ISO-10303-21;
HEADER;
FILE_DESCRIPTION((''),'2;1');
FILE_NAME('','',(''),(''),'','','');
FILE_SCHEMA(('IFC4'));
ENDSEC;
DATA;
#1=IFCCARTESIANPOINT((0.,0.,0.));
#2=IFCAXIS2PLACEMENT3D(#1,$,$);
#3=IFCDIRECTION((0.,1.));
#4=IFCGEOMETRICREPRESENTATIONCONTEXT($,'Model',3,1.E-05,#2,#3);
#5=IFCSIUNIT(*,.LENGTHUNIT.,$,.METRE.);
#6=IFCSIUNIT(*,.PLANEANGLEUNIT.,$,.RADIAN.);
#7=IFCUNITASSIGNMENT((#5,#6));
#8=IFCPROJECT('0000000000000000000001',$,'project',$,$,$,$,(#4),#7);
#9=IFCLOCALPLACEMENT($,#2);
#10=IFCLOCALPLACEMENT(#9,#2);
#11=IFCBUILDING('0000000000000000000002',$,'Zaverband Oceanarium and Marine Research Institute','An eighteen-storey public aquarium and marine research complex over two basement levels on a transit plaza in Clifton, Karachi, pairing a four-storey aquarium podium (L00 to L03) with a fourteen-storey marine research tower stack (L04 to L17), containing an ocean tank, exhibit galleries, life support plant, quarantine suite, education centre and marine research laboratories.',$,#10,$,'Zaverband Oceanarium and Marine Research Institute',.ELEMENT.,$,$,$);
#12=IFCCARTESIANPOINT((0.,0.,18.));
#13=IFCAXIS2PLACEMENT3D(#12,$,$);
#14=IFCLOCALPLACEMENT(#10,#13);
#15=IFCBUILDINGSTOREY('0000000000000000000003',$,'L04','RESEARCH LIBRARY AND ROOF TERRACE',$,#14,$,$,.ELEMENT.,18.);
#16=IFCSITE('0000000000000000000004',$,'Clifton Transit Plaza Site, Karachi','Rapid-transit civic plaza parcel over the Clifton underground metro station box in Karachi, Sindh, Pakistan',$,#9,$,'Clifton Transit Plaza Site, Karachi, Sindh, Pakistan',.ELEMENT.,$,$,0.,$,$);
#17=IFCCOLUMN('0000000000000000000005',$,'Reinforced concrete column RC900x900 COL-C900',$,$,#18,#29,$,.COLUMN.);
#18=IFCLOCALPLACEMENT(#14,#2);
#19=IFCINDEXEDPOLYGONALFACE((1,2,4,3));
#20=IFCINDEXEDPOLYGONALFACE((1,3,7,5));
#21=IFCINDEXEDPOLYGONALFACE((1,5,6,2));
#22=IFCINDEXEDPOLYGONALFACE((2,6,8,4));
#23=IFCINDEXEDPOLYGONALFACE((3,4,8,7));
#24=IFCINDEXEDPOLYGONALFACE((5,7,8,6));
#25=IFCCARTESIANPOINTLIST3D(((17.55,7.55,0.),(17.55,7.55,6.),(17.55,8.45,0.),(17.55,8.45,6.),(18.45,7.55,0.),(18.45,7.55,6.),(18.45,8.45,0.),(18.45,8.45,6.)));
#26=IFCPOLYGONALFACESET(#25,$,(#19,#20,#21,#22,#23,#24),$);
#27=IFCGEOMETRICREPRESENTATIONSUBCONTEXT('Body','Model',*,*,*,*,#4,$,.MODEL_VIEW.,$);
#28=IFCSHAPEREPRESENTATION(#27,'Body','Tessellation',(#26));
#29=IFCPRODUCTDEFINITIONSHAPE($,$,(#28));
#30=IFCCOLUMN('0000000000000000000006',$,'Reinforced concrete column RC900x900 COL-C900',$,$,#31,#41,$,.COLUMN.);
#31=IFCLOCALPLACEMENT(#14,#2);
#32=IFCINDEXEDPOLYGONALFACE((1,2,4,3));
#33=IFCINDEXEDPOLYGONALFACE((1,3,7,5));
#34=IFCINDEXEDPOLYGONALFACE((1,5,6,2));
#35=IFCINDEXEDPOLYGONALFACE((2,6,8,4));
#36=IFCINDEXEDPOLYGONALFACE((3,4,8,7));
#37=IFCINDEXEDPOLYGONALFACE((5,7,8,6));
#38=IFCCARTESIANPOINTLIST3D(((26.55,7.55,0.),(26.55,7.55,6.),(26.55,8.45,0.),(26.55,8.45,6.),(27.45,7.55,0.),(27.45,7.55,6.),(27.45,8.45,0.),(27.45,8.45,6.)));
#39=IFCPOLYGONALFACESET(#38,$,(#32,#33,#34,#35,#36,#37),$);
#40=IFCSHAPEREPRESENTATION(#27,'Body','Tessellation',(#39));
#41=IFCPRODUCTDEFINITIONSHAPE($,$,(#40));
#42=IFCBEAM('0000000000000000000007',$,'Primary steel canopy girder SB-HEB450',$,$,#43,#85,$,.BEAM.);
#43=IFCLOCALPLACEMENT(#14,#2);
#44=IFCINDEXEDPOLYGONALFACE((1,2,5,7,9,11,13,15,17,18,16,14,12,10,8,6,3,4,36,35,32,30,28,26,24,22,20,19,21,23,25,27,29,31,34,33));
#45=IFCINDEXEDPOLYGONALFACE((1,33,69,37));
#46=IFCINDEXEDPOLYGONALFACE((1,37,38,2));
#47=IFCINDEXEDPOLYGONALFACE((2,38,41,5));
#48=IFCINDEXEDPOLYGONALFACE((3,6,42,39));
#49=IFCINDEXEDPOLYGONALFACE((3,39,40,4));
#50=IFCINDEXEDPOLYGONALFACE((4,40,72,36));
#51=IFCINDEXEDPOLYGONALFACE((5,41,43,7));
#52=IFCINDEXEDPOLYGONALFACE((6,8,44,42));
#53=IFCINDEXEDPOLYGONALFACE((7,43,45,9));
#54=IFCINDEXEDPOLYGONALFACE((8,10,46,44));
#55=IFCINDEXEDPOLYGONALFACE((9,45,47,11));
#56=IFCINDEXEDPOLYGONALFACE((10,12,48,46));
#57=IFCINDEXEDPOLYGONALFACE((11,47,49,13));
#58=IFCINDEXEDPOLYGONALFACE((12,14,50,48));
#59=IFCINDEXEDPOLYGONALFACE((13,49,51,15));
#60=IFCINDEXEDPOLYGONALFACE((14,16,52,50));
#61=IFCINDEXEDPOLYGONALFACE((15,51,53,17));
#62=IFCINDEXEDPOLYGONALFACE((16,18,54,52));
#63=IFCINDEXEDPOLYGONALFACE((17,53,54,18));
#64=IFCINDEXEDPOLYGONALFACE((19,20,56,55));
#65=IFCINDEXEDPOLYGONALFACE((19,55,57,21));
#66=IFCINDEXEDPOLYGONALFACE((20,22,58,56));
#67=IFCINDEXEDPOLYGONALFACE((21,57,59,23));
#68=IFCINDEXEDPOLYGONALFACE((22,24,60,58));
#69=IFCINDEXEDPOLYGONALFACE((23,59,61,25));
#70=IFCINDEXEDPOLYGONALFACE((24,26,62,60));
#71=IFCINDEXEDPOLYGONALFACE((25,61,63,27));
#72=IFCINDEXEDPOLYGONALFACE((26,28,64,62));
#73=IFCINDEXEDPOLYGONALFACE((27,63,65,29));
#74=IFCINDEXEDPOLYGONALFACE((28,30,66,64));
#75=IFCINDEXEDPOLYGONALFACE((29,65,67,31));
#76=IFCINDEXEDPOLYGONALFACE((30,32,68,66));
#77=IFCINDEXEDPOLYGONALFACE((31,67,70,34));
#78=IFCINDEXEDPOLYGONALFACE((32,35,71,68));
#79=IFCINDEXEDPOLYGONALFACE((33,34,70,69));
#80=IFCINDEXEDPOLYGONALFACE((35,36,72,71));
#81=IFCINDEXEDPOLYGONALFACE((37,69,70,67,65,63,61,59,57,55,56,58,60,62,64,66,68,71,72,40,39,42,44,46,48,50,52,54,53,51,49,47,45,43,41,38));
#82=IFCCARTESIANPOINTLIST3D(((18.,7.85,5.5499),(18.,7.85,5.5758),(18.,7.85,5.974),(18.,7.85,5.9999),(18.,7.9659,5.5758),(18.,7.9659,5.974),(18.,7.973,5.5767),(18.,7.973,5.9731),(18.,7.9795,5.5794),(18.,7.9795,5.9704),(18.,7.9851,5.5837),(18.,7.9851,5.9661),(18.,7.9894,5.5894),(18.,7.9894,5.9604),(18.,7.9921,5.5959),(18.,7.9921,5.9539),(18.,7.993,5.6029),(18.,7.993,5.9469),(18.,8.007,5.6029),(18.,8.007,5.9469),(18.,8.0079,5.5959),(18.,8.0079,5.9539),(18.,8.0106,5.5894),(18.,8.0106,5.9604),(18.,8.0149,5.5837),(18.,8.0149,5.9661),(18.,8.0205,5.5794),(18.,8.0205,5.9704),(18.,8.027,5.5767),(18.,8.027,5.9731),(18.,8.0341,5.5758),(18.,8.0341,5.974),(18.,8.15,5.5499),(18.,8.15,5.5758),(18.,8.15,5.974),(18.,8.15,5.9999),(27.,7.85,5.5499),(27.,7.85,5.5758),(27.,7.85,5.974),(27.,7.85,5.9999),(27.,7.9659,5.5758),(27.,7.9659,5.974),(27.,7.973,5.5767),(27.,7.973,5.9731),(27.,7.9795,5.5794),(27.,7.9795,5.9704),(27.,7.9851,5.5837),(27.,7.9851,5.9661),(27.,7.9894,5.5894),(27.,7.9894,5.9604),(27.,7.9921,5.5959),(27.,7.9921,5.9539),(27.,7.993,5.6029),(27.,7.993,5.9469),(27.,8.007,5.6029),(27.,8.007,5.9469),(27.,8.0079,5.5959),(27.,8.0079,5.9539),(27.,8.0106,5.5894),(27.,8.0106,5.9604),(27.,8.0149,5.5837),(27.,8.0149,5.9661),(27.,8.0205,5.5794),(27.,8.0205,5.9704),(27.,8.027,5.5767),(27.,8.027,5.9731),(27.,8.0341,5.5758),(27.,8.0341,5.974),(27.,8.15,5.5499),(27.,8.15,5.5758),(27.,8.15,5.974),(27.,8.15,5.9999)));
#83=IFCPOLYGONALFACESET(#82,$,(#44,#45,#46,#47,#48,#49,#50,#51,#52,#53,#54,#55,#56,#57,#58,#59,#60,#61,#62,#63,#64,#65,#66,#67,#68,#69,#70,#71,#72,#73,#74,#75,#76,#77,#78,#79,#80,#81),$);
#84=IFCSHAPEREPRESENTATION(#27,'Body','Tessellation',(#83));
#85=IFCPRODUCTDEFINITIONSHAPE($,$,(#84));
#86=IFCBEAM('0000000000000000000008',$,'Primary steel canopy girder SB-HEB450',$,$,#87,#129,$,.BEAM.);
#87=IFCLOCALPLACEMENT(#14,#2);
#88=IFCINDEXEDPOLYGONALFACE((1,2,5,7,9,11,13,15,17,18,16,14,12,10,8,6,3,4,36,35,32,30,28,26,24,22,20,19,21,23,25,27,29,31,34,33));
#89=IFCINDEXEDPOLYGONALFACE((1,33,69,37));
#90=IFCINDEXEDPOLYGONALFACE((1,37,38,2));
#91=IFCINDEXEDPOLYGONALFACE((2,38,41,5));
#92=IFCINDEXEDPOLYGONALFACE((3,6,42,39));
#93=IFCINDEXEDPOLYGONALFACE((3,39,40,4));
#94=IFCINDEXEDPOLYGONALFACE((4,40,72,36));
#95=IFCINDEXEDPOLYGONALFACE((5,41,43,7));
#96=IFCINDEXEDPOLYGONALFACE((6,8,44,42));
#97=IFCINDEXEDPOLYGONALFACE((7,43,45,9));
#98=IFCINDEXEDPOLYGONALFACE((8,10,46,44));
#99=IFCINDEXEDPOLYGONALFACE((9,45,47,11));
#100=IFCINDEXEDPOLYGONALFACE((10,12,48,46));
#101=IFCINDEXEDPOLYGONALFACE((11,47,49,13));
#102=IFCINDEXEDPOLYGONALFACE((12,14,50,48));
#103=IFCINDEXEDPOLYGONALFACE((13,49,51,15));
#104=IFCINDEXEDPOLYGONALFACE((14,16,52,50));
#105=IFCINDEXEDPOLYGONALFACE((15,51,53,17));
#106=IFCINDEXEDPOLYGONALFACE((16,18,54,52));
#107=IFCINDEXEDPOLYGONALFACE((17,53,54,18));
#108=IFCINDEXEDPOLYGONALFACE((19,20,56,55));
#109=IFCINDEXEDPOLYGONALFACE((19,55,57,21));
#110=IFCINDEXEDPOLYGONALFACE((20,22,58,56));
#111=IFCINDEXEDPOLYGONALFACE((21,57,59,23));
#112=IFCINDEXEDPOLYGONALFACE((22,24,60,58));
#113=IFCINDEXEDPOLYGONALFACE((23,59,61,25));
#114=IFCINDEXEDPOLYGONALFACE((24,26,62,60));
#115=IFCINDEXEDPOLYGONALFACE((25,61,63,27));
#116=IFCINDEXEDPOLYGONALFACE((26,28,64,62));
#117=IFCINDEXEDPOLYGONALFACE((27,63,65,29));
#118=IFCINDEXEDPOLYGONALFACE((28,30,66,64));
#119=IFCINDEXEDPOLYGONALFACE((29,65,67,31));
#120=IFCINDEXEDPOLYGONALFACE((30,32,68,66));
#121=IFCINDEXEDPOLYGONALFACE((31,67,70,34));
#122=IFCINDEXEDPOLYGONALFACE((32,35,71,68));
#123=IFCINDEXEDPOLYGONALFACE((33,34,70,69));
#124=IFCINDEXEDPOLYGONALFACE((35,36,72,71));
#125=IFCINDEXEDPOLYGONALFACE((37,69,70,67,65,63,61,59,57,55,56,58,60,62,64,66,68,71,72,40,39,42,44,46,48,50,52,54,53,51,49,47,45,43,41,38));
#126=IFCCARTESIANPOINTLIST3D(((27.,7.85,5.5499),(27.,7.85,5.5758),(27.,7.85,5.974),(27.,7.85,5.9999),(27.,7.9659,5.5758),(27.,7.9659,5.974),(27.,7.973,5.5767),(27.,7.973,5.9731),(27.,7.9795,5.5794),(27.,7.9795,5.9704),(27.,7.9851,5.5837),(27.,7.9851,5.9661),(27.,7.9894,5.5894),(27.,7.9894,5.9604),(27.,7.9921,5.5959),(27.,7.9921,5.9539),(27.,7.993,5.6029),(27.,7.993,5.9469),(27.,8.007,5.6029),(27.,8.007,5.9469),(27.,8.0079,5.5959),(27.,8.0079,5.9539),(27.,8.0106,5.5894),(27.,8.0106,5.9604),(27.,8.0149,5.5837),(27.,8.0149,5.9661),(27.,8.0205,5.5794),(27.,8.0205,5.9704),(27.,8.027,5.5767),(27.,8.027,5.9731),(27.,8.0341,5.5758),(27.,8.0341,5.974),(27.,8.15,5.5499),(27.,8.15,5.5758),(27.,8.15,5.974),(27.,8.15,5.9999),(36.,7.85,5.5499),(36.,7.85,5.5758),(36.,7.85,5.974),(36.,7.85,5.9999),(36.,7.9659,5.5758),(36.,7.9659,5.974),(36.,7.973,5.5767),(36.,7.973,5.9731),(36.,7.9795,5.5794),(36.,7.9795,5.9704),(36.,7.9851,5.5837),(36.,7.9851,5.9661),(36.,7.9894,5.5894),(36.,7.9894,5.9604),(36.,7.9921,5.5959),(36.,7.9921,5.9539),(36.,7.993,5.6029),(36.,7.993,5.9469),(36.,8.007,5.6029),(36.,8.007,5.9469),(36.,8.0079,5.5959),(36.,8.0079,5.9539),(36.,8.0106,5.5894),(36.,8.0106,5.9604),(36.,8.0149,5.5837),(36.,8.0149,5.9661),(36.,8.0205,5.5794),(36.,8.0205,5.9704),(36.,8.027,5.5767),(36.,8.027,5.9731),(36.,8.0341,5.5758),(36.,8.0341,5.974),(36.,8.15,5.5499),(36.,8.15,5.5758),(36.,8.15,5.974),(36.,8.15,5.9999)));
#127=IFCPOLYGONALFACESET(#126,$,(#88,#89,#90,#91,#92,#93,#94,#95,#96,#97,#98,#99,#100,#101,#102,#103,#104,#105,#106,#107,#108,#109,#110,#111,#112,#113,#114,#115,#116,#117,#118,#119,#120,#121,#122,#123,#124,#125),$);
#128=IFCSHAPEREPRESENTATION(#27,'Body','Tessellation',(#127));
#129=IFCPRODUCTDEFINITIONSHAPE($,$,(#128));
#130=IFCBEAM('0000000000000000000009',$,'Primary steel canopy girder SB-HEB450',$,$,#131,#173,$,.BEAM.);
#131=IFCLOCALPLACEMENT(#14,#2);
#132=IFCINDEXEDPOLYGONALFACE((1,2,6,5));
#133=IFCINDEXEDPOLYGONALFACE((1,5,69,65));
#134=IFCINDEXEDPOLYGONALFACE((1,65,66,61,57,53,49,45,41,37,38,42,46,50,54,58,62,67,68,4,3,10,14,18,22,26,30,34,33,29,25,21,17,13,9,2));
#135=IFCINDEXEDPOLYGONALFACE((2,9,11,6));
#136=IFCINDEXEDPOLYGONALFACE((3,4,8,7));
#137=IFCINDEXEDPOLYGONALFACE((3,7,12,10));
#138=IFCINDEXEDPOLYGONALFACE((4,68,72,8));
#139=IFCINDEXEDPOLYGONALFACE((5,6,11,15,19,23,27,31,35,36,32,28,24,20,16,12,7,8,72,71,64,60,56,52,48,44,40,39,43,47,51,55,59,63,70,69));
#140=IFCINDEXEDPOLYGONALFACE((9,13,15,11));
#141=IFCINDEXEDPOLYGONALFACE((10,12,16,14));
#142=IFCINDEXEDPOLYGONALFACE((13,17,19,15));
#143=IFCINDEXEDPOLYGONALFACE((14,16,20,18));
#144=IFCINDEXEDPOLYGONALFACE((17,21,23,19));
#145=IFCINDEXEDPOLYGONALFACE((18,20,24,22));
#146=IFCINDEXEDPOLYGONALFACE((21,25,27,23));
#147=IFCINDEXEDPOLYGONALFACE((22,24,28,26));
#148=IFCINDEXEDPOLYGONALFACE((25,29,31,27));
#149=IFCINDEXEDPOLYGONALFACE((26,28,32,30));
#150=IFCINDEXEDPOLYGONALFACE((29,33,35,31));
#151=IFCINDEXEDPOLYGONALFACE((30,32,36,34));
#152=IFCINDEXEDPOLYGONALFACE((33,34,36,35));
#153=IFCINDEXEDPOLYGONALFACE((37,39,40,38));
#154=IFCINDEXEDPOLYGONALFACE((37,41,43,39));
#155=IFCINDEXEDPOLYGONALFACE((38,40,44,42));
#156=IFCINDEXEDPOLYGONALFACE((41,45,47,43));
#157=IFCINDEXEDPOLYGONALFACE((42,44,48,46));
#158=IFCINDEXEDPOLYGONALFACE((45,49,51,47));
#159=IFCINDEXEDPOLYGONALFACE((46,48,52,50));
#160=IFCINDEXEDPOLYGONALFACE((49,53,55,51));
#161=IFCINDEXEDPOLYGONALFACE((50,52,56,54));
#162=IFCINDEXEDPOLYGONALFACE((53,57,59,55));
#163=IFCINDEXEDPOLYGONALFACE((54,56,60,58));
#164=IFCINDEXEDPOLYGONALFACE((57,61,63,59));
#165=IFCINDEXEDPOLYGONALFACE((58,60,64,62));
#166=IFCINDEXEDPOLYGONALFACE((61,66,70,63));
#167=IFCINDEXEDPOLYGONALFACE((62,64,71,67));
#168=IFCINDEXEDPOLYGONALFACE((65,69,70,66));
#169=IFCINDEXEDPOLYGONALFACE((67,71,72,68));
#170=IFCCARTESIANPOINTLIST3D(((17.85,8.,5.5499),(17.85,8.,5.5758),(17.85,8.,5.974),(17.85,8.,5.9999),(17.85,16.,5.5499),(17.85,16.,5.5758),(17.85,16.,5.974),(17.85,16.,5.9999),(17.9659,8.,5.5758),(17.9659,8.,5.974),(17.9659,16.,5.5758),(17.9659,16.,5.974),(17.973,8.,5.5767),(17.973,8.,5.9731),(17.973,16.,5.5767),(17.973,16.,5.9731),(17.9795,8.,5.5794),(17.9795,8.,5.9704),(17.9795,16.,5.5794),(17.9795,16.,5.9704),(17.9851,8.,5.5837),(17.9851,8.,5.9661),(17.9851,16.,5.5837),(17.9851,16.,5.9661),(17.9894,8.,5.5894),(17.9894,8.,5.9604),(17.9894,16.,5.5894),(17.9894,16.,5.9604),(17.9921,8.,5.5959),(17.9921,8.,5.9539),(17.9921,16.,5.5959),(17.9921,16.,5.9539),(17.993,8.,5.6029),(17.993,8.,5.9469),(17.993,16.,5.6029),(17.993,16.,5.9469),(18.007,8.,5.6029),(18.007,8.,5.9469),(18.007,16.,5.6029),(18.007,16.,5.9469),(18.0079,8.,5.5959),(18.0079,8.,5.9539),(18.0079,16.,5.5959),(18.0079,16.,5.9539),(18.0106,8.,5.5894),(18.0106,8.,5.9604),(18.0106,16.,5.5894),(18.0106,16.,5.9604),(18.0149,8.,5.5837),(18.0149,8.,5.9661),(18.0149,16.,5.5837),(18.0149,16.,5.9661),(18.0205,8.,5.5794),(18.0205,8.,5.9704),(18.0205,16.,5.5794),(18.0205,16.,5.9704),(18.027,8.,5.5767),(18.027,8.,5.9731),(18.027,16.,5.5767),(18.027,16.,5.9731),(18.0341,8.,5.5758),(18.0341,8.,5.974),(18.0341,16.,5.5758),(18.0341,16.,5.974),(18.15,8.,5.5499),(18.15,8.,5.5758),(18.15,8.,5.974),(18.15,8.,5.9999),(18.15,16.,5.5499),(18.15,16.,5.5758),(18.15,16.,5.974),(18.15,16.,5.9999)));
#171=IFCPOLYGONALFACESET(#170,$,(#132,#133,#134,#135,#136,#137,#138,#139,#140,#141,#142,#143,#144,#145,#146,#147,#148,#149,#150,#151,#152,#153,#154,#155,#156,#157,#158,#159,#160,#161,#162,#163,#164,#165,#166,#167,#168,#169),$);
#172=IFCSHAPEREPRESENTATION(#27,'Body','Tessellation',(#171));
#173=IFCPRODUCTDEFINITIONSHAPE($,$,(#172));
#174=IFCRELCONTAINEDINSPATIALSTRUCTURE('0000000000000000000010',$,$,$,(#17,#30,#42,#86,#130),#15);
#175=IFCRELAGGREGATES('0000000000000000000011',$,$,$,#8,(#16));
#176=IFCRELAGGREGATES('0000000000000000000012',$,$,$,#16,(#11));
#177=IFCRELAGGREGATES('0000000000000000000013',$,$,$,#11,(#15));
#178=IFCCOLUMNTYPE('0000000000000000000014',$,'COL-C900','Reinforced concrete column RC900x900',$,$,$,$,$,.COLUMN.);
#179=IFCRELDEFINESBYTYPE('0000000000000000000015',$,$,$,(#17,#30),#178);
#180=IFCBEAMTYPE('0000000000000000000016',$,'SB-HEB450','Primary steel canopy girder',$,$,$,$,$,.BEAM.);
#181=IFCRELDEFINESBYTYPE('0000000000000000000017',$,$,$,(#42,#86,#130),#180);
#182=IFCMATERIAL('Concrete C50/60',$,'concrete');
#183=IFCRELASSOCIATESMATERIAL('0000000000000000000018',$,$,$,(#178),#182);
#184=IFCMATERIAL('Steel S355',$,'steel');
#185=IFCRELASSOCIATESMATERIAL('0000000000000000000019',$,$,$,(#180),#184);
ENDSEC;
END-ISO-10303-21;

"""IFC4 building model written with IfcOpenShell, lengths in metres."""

from ifc_helpers import new_model, si_unit, direction, frame, origin, origin_2d, place, context, subcontext, project, spatial, rectangle, i_section, extrude, material, material_profile, profile_set, type_object, element, save


model = new_model("IFC4")

# Units and contexts
model_context = context("Model", 3, precision=1e-05, world=origin(), true_north=direction((0.0, 1.0)))
body_context = subcontext(model_context, "Body", "Model", "MODEL_VIEW")
ifc_project = project(units=[si_unit("LENGTHUNIT", "METRE"), si_unit("PLANEANGLEUNIT", "RADIAN")], contexts=[model_context])

# Site, building, storey
site_placement = place(None, origin())
site = spatial("IfcSite", under=ifc_project, at=site_placement, Name="Clifton Transit Plaza Site, Karachi", Description="Rapid-transit civic plaza parcel over the Clifton underground metro station box in Karachi, Sindh, Pakistan", LongName="Clifton Transit Plaza Site, Karachi, Sindh, Pakistan", CompositionType="ELEMENT", RefElevation=0.0)
building_placement = place(site_placement, origin())
building = spatial("IfcBuilding", under=site, at=building_placement, Name="Zaverband Oceanarium and Marine Research Institute", Description="An eighteen-storey public aquarium and marine research complex over two basement levels on a transit plaza in Clifton, Karachi, pairing a four-storey aquarium podium (L00 to L03) with a fourteen-storey marine research tower stack (L04 to L17), containing an ocean tank, exhibit galleries, life support plant, quarantine suite, education centre and marine research laboratories.", LongName="Zaverband Oceanarium and Marine Research Institute", CompositionType="ELEMENT")
storey_placement = place(building_placement, frame((0.0, 0.0, 18.0)))
storey = spatial("IfcBuildingStorey", under=building, at=storey_placement, Name="L04", Description="RESEARCH LIBRARY AND ROOF TERRACE", CompositionType="ELEMENT", Elevation=18.0)

# Columns
ifc_material_1 = material(Name="Concrete C50/60", Category="concrete")
ifc_material_profile_1 = material_profile(ifc_material_1, rectangle(XDim=0.8999, YDim=0.8999, at=origin_2d()), Name="RC900x900")
ifc_profile_set_1 = profile_set([ifc_material_profile_1], Name="Concrete C50/60")
column_type = type_object("IfcColumnType", Name="COL-C900", Description="Reinforced concrete column RC900x900", PredefinedType="COLUMN", material=ifc_profile_set_1)
for number, where, z_axis, x_axis, name in (
    (1, (18.0, 8.0, 0.0), (0.0, 0.0, 1.0), (1.0, 0.0, 0.0), "Reinforced concrete column RC900x900 COL-C900"),
    (2, (27.0, 8.0, 0.0), (0.0, 0.0, 1.0), (1.0, 0.0, 0.0), "Reinforced concrete column RC900x900 COL-C900"),
):
    element("IfcColumn", number, at=place(storey_placement, frame(where, z_axis=z_axis, x_axis=x_axis)), inside=storey, type_object=column_type, Name=name, PredefinedType="COLUMN", context=body_context, shape_type="SweptSolid", body=[
        extrude(rectangle(XDim=0.8999, YDim=0.8999, at=origin_2d()), origin(), (0.0, 0.0, 1.0), 6.0),
    ])

# Beams
ifc_material_2 = material(Name="Steel S355", Category="steel")
ifc_material_profile_2 = material_profile(ifc_material_2, i_section(OverallWidth=0.3, OverallDepth=0.45, WebThickness=0.0139, FlangeThickness=0.0259, FilletRadius=0.0271, at=origin_2d()), Name="HEB450")
ifc_profile_set_2 = profile_set([ifc_material_profile_2], Name="Steel S355")
beam_type = type_object("IfcBeamType", Name="SB-HEB450", Description="Primary steel canopy girder", PredefinedType="BEAM", material=ifc_profile_set_2)
for number, where, z_axis, x_axis, name in (
    (3, (18.0, 8.0, 5.7749), (1.0, 0.0, 0.0), (0.0, 1.0, 0.0), "Primary steel canopy girder SB-HEB450"),
    (4, (27.0, 8.0, 5.7749), (1.0, 0.0, 0.0), (0.0, 1.0, 0.0), "Primary steel canopy girder SB-HEB450"),
):
    element("IfcBeam", number, at=place(storey_placement, frame(where, z_axis=z_axis, x_axis=x_axis)), inside=storey, type_object=beam_type, Name=name, PredefinedType="BEAM", context=body_context, shape_type="SweptSolid", body=[
        extrude(i_section(OverallWidth=0.3, OverallDepth=0.45, WebThickness=0.0139, FlangeThickness=0.0259, FilletRadius=0.0271, at=origin_2d()), origin(), (0.0, 0.0, 1.0), 9.0),
    ])
for number, where, z_axis, x_axis, name in (
    (5, (18.0, 8.0, 5.7749), (0.0, 1.0, 0.0), (-1.0, 0.0, 0.0), "Primary steel canopy girder SB-HEB450"),
):
    element("IfcBeam", number, at=place(storey_placement, frame(where, z_axis=z_axis, x_axis=x_axis)), inside=storey, type_object=beam_type, Name=name, PredefinedType="BEAM", context=body_context, shape_type="SweptSolid", body=[
        extrude(i_section(OverallWidth=0.3, OverallDepth=0.45, WebThickness=0.0139, FlangeThickness=0.0259, FilletRadius=0.0271, at=origin_2d()), origin(), (0.0, 0.0, 1.0), 8.0),
    ])

save(model, "model.ifc")
